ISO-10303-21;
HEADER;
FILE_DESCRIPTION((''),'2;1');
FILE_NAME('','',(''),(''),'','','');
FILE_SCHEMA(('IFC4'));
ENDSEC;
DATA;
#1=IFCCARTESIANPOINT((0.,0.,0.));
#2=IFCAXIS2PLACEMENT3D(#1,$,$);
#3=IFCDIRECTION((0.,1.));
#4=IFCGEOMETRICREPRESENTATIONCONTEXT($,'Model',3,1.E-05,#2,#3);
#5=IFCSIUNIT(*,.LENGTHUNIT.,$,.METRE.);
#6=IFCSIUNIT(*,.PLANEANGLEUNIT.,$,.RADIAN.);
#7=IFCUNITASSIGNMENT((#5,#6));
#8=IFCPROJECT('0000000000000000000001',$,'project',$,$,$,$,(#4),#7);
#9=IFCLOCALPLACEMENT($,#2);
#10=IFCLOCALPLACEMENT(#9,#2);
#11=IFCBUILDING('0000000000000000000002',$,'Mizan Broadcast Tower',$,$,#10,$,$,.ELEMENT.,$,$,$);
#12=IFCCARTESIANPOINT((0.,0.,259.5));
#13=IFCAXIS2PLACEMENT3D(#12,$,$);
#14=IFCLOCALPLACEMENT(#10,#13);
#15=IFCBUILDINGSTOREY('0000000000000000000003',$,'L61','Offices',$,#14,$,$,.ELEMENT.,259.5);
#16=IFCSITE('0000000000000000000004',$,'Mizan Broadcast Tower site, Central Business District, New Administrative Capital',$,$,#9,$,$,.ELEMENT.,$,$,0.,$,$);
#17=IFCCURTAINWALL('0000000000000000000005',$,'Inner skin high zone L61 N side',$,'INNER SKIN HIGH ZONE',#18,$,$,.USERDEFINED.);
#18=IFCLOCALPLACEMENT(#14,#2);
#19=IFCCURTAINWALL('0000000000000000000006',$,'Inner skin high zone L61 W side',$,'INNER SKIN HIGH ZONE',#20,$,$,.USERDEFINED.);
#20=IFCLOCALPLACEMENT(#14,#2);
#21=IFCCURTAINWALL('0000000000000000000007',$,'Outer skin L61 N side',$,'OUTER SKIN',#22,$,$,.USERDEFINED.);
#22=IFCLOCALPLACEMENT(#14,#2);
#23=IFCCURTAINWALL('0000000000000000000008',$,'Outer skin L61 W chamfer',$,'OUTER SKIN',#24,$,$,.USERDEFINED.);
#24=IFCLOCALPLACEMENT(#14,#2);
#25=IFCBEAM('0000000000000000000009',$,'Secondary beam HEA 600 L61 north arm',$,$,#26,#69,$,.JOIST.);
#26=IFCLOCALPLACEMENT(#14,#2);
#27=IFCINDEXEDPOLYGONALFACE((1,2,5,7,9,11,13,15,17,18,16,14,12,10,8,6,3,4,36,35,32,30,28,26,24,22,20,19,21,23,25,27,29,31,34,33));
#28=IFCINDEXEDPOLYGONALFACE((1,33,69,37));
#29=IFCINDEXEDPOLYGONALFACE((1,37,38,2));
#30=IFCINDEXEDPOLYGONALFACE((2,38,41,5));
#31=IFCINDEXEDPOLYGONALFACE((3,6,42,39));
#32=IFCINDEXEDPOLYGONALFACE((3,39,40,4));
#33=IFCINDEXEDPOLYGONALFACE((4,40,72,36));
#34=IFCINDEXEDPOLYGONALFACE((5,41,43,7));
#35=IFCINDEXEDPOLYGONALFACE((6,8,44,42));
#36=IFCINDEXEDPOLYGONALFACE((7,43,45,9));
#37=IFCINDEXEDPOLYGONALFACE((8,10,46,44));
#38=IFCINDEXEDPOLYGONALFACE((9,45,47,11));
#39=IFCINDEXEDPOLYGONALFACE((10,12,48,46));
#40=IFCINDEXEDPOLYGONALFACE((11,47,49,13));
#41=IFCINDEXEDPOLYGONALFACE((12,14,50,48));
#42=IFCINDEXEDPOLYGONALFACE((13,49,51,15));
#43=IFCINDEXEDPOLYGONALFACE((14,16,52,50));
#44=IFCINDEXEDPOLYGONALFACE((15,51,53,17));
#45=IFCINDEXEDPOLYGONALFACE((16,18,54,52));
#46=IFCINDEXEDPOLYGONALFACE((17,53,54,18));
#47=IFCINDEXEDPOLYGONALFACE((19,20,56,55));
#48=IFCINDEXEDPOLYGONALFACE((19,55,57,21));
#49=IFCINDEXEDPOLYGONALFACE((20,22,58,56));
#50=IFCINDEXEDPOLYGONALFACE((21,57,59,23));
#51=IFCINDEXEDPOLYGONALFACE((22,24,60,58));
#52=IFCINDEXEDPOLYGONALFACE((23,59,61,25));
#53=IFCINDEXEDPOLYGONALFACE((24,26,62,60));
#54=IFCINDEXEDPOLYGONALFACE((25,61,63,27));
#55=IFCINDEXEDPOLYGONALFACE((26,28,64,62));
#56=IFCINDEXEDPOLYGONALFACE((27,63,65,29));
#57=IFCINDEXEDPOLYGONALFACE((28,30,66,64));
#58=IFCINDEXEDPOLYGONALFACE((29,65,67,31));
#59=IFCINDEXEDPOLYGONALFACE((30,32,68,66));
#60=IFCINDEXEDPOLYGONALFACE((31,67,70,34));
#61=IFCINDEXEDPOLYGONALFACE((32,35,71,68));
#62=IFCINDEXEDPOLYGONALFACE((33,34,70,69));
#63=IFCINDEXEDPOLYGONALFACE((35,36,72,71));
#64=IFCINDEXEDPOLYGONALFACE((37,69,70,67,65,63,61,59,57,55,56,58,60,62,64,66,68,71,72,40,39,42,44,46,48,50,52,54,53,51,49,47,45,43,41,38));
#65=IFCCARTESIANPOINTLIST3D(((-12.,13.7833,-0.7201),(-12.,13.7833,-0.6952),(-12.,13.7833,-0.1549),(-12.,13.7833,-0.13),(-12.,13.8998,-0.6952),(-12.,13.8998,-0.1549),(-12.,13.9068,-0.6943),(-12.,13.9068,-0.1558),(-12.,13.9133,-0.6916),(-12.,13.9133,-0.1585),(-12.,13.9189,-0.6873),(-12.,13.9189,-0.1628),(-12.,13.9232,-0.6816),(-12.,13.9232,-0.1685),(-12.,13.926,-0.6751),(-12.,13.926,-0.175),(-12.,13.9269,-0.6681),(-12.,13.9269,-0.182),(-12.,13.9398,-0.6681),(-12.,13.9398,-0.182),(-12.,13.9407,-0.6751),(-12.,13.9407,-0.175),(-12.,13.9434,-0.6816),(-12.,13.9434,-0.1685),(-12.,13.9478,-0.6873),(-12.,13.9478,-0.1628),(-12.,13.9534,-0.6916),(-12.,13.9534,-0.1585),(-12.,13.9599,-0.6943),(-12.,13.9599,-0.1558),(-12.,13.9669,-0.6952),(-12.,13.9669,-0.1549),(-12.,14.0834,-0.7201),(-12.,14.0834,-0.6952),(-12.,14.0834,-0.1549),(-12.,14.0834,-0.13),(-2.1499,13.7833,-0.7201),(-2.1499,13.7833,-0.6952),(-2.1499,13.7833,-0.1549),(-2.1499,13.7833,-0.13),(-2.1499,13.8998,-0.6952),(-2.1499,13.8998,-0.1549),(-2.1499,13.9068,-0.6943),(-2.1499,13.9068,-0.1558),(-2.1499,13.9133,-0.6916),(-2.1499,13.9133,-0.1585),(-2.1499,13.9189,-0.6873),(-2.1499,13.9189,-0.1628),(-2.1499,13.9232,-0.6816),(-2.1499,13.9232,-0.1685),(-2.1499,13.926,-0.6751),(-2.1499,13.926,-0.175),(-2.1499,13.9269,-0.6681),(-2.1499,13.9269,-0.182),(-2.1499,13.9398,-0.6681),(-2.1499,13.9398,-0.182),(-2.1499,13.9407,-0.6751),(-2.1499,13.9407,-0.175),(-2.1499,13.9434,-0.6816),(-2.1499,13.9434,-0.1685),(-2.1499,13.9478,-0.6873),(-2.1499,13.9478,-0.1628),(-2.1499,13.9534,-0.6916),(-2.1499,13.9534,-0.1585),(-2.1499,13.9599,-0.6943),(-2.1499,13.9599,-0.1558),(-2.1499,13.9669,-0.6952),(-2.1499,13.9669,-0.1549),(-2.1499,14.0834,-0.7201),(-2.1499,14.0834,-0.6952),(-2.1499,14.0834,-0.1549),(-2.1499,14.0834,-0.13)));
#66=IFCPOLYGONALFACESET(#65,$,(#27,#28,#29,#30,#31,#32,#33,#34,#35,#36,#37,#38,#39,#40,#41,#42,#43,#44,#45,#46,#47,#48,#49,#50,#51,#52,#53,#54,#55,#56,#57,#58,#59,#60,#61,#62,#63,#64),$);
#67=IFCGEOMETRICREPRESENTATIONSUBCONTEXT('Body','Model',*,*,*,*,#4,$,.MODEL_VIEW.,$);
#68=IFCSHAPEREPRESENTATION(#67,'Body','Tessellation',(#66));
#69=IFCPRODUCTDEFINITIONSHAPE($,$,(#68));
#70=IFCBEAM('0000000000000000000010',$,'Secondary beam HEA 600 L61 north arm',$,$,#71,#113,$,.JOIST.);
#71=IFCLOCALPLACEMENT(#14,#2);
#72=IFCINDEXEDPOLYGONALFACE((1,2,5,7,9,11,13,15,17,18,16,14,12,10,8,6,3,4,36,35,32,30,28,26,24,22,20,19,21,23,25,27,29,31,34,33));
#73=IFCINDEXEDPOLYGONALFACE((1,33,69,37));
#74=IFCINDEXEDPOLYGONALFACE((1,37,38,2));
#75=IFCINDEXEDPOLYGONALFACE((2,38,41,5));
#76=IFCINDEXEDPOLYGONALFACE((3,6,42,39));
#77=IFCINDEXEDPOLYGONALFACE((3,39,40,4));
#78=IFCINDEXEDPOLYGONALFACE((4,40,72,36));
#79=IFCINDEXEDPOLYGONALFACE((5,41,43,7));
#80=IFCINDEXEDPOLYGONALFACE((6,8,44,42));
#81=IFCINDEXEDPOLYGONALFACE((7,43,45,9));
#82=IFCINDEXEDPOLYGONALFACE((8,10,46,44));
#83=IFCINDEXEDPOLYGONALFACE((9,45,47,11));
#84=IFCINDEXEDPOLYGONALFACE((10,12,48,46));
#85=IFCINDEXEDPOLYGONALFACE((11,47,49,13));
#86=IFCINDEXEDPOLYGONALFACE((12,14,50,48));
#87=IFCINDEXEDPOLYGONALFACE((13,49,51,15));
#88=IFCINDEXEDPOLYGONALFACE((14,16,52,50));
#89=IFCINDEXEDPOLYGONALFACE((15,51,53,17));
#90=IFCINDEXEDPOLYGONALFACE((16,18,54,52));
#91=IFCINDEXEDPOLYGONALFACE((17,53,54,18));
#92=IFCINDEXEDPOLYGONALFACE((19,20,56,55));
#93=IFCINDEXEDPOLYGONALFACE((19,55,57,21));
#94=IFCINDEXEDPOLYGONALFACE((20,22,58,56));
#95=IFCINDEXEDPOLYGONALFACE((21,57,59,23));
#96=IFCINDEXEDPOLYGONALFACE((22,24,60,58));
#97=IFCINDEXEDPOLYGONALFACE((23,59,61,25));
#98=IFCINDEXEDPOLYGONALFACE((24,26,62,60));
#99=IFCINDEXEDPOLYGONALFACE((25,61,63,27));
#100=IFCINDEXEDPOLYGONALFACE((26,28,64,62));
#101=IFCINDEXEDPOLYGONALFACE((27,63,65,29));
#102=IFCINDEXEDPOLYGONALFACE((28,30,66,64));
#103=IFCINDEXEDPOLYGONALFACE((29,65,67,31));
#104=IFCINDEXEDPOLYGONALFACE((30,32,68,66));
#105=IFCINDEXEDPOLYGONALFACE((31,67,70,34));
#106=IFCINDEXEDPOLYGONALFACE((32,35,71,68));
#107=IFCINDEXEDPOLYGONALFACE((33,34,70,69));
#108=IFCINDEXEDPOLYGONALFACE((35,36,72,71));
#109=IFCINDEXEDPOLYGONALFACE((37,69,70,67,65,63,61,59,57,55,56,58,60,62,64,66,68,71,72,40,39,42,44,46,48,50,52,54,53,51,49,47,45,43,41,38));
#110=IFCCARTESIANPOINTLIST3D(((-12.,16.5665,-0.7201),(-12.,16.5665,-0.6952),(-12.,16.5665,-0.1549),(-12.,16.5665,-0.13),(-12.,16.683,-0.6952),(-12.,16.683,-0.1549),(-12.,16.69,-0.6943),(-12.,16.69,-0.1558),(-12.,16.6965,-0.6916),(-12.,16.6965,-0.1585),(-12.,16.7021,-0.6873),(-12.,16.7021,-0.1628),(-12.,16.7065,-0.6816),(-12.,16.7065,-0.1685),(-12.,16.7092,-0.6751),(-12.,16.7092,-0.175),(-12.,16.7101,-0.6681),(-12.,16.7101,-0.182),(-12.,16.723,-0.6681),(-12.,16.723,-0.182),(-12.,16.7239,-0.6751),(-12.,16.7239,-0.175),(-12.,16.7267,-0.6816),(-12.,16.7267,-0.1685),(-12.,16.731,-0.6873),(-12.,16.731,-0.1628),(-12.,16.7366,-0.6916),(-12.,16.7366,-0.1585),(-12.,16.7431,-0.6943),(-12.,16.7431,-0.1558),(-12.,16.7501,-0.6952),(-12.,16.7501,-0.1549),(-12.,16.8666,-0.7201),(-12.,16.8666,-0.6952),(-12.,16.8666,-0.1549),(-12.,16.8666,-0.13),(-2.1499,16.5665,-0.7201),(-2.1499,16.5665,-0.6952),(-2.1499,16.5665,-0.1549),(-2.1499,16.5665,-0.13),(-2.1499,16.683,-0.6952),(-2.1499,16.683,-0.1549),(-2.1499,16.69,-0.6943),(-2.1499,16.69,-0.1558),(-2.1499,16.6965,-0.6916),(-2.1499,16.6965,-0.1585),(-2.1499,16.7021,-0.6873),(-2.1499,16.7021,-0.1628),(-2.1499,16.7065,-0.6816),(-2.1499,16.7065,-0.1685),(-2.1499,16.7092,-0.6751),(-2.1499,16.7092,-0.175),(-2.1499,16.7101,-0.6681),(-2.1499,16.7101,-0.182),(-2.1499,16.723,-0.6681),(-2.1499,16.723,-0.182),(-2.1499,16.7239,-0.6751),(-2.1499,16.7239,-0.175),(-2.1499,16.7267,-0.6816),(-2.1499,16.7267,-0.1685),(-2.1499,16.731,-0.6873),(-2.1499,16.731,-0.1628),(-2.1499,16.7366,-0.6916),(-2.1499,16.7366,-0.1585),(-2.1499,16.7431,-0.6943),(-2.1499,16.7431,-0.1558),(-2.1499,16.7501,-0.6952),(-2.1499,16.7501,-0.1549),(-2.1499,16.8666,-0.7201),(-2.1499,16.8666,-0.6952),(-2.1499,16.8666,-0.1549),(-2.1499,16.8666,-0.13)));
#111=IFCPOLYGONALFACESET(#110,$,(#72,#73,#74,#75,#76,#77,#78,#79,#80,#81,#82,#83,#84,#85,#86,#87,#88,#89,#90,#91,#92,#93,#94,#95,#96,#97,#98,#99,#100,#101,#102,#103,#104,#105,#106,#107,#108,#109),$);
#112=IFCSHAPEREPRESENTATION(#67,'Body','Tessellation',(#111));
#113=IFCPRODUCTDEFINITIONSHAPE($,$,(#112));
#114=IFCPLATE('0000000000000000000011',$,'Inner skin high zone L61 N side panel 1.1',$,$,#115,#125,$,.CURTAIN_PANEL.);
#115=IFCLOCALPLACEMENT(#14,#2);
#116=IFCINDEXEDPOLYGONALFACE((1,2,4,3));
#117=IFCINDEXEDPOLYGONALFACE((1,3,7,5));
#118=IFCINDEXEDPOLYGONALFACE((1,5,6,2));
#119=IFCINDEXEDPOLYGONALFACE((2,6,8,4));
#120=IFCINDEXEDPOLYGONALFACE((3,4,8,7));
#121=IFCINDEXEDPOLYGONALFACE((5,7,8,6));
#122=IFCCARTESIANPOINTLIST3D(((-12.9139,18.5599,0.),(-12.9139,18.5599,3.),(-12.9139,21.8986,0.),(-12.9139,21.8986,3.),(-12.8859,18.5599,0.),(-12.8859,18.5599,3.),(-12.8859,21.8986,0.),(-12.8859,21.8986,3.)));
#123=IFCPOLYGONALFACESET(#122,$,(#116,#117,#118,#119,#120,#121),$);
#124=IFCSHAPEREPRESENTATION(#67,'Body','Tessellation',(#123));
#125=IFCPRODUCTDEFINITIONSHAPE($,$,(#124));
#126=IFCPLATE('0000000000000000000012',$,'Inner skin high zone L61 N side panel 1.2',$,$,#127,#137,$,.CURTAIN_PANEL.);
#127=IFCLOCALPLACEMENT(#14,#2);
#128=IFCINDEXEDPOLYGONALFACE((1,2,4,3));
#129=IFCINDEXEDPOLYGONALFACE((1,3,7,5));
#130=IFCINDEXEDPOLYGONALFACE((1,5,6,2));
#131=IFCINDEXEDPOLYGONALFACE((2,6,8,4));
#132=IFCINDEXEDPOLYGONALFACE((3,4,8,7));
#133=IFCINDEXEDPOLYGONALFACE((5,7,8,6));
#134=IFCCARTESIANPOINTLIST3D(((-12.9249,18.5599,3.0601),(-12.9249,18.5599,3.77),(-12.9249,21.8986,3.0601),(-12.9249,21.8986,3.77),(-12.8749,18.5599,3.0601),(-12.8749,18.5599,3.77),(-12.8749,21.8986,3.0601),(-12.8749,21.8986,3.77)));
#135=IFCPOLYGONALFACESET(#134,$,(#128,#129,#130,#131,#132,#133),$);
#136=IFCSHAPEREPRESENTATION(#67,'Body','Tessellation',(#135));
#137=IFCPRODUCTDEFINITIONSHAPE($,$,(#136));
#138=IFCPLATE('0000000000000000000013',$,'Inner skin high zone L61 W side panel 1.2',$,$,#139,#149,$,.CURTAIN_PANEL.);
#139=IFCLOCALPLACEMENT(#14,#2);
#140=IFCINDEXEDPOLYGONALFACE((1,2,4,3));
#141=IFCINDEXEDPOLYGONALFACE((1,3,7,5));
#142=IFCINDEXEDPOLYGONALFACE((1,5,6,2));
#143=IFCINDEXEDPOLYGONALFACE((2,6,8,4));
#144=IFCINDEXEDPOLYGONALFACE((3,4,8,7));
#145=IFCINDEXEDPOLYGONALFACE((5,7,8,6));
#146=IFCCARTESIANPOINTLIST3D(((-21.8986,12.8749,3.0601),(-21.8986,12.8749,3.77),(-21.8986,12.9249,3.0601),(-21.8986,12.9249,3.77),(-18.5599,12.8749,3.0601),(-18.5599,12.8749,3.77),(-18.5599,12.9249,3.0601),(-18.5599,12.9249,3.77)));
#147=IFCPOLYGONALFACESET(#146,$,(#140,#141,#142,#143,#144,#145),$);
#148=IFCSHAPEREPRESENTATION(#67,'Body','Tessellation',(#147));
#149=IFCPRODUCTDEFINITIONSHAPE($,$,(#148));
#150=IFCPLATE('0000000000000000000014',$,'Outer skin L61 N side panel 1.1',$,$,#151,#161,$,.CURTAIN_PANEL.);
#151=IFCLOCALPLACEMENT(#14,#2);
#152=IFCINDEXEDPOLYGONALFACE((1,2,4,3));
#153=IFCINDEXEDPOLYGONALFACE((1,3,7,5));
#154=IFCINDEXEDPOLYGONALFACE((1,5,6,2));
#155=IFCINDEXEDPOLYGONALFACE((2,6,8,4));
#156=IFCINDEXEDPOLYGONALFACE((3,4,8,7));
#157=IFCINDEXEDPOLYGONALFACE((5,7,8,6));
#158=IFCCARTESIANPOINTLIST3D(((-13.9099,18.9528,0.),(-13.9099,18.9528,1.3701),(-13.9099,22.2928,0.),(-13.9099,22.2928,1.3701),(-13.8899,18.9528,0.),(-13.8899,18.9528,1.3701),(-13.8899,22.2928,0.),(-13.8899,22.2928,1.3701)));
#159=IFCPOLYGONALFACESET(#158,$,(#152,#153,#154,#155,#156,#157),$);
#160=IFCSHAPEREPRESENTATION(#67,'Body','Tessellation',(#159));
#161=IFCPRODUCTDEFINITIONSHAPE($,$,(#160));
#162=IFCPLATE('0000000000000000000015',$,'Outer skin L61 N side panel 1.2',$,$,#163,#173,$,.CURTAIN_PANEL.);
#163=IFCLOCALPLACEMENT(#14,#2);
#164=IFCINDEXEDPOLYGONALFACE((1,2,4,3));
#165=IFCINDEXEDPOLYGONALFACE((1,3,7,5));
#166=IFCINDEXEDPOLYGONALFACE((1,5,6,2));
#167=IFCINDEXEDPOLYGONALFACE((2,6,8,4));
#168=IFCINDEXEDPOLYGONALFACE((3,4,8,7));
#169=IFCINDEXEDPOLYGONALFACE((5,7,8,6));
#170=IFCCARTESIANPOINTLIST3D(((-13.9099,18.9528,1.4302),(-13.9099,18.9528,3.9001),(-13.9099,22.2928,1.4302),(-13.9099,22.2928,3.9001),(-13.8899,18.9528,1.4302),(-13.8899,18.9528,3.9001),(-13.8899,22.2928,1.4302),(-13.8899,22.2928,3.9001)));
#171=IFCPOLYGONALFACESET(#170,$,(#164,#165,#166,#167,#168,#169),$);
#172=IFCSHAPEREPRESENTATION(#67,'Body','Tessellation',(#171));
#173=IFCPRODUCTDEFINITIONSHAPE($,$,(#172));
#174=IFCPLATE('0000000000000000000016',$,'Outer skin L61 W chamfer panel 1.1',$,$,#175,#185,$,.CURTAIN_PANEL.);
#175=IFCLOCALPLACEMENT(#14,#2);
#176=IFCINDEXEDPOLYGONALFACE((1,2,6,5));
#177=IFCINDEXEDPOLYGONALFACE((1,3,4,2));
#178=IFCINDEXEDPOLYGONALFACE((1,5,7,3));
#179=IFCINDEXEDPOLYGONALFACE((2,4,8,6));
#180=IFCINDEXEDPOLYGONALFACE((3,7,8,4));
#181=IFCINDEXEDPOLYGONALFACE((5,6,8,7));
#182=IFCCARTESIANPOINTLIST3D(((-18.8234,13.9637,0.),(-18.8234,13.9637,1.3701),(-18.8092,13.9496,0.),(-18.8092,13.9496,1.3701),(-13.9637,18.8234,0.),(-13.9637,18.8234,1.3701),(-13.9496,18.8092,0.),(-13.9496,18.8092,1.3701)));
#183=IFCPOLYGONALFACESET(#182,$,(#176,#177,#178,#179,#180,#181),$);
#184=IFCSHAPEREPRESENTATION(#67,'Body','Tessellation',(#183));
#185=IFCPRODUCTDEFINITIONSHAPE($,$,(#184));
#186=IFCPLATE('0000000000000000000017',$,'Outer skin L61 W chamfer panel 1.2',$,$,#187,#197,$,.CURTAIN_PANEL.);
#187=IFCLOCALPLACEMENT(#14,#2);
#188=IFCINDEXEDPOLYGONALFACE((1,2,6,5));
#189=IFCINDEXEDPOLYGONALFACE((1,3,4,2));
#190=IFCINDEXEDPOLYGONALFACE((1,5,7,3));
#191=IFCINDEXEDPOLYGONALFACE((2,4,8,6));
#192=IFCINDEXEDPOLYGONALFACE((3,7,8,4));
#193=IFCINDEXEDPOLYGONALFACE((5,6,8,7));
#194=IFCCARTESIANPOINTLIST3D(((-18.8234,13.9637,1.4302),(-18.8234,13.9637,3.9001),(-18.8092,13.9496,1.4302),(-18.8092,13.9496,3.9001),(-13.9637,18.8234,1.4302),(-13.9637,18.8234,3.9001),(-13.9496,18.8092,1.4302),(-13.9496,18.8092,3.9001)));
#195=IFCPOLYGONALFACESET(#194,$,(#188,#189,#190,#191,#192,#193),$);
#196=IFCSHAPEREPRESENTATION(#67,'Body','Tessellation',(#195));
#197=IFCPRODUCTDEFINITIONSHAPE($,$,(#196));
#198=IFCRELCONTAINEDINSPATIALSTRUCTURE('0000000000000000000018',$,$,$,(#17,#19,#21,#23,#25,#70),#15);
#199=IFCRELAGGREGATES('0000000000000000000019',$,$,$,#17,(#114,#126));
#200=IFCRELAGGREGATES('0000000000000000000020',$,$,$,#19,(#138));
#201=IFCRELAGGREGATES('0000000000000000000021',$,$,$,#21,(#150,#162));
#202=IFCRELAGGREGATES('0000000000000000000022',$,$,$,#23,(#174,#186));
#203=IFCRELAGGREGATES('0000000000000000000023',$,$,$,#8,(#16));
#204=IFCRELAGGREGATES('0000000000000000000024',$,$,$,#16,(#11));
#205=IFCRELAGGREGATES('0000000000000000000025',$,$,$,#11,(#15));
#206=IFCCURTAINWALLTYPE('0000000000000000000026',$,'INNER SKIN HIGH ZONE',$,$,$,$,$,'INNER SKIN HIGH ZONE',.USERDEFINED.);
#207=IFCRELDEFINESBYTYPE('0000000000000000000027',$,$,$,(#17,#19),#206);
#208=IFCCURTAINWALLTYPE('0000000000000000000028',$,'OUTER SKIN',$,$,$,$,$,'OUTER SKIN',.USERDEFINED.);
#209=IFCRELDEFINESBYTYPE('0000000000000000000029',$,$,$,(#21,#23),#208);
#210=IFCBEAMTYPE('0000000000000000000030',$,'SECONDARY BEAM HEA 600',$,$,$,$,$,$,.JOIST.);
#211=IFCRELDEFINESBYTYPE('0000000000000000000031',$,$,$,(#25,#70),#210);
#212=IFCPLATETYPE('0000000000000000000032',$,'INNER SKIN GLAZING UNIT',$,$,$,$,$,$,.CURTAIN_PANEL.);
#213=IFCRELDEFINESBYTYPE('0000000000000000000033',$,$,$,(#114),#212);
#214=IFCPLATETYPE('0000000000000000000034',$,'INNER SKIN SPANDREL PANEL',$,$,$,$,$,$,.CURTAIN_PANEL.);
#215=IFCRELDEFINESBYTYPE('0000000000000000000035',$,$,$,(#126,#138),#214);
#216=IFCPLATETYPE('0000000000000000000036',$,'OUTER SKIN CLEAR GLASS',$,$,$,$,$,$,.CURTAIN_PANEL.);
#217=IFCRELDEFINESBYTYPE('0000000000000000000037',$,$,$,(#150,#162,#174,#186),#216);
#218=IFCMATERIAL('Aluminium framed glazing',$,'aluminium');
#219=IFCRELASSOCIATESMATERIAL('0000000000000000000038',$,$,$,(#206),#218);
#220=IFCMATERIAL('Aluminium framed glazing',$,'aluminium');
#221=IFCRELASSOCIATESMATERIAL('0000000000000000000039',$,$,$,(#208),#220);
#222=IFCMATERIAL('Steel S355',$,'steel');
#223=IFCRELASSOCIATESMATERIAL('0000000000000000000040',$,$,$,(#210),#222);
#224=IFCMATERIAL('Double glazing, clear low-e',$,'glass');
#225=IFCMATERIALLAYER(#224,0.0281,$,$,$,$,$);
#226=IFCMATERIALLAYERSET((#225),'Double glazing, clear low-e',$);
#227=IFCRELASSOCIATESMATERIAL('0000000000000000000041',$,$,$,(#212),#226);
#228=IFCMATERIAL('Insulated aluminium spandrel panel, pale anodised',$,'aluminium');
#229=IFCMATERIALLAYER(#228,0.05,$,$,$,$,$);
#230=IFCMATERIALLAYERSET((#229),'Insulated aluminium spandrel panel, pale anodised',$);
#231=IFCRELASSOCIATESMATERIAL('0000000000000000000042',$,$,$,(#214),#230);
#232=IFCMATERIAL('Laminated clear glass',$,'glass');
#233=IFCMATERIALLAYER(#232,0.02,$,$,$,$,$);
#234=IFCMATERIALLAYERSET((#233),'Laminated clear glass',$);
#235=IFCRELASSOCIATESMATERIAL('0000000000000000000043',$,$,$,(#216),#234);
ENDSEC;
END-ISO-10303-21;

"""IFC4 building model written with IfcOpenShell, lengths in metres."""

from ifc_helpers import new_model, si_unit, direction, frame, origin, origin_2d, place, context, subcontext, project, spatial, rectangle, i_section, extrude, material, layer, layer_set, material_profile, profile_set, type_object, element, aggregate, save


model = new_model("IFC4")

# Units and contexts
model_context = context("Model", 3, precision=1e-05, world=origin(), true_north=direction((0.0, 1.0)))
body_context = subcontext(model_context, "Body", "Model", "MODEL_VIEW")
ifc_project = project(units=[si_unit("LENGTHUNIT", "METRE"), si_unit("PLANEANGLEUNIT", "RADIAN")], contexts=[model_context])

# Site, building, storey
site_placement = place(None, origin())
site = spatial("IfcSite", under=ifc_project, at=site_placement, Name="Mizan Broadcast Tower site, Central Business District, New Administrative Capital", CompositionType="ELEMENT", RefElevation=0.0)
building_placement = place(site_placement, origin())
building = spatial("IfcBuilding", under=site, at=building_placement, Name="Mizan Broadcast Tower", CompositionType="ELEMENT")
storey_placement = place(building_placement, frame((0.0, 0.0, 259.5)))
storey = spatial("IfcBuildingStorey", under=building, at=storey_placement, Name="L61", Description="Offices", CompositionType="ELEMENT", Elevation=259.5)

# Shared definitions
ifc_material_1 = material(Name="Aluminium framed glazing", Category="aluminium")
curtain_wall_type_1 = type_object("IfcCurtainWallType", Name="INNER SKIN HIGH ZONE", ElementType="INNER SKIN HIGH ZONE", PredefinedType="USERDEFINED", material=ifc_material_1)

# Curtain wall
curtain_wall_1_placement = place(storey_placement, origin())
curtain_wall_1 = element("IfcCurtainWall", 1, at=curtain_wall_1_placement, inside=storey, type_object=curtain_wall_type_1, Name="Inner skin high zone L61 N side", ObjectType="INNER SKIN HIGH ZONE", PredefinedType="USERDEFINED")

# Curtain walls
curtain_wall_2_placement = place(storey_placement, origin())
curtain_wall_2 = element("IfcCurtainWall", 2, at=curtain_wall_2_placement, inside=storey, type_object=curtain_wall_type_1, Name="Inner skin high zone L61 W side", ObjectType="INNER SKIN HIGH ZONE", PredefinedType="USERDEFINED")
ifc_material_2 = material(Name="Aluminium framed glazing", Category="aluminium")
curtain_wall_type_2 = type_object("IfcCurtainWallType", Name="OUTER SKIN", ElementType="OUTER SKIN", PredefinedType="USERDEFINED", material=ifc_material_2)
curtain_wall_3_placement = place(storey_placement, origin())
curtain_wall_3 = element("IfcCurtainWall", 3, at=curtain_wall_3_placement, inside=storey, type_object=curtain_wall_type_2, Name="Outer skin L61 N side", ObjectType="OUTER SKIN", PredefinedType="USERDEFINED")
curtain_wall_4_placement = place(storey_placement, origin())
curtain_wall_4 = element("IfcCurtainWall", 4, at=curtain_wall_4_placement, inside=storey, type_object=curtain_wall_type_2, Name="Outer skin L61 W chamfer", ObjectType="OUTER SKIN", PredefinedType="USERDEFINED")

# Beams
ifc_material_3 = material(Name="Steel S355", Category="steel")
ifc_material_profile_1 = material_profile(ifc_material_3, i_section(OverallWidth=0.3, OverallDepth=0.5901, WebThickness=0.0129, FlangeThickness=0.0249, FilletRadius=0.0271, at=origin_2d()), Name="HEA 600")
ifc_profile_set_1 = profile_set([ifc_material_profile_1], Name="Steel S355")
beam_type = type_object("IfcBeamType", Name="SECONDARY BEAM HEA 600", PredefinedType="JOIST", material=ifc_profile_set_1)
for number, where, z_axis, x_axis, name in (
    (5, (-12.0, 13.9333, -0.425), (1.0, 0.0, 0.0), (0.0, 1.0, 0.0), "Secondary beam HEA 600 L61 north arm"),
    (6, (-12.0, 16.7166, -0.425), (1.0, 0.0, 0.0), (0.0, 1.0, 0.0), "Secondary beam HEA 600 L61 north arm"),
):
    element("IfcBeam", number, at=place(storey_placement, frame(where, z_axis=z_axis, x_axis=x_axis)), inside=storey, type_object=beam_type, Name=name, PredefinedType="JOIST", context=body_context, shape_type="SweptSolid", body=[
        extrude(i_section(OverallWidth=0.3, OverallDepth=0.5901, WebThickness=0.0129, FlangeThickness=0.0249, FilletRadius=0.0271, at=origin_2d()), origin(), (0.0, 0.0, 1.0), 9.8501),
    ])

# Plates
ifc_material_4 = material(Name="Double glazing, clear low-e", Category="glass")
ifc_layer_1 = layer(ifc_material_4, 0.0281)
ifc_layer_set_1 = layer_set([ifc_layer_1], Name="Double glazing, clear low-e")
plate_type_1 = type_object("IfcPlateType", Name="INNER SKIN GLAZING UNIT", PredefinedType="CURTAIN_PANEL", material=ifc_layer_set_1)
plate_1_placement = place(storey_placement, frame((-12.8999, 20.2292, 0.0), z_axis=(0.0, 0.0, 1.0), x_axis=(0.0, -1.0, 0.0)))
plate_1 = element("IfcPlate", 7, at=plate_1_placement, type_object=plate_type_1, Name="Inner skin high zone L61 N side panel 1.1", PredefinedType="CURTAIN_PANEL", context=body_context, shape_type="SweptSolid", body=[
    extrude(rectangle(XDim=3.3386, YDim=0.0281, at=origin_2d()), origin(), (0.0, 0.0, 1.0), 3.0),
])
ifc_material_5 = material(Name="Insulated aluminium spandrel panel, pale anodised", Category="aluminium")
ifc_layer_2 = layer(ifc_material_5, 0.05)
ifc_layer_set_2 = layer_set([ifc_layer_2], Name="Insulated aluminium spandrel panel, pale anodised")
plate_type_2 = type_object("IfcPlateType", Name="INNER SKIN SPANDREL PANEL", PredefinedType="CURTAIN_PANEL", material=ifc_layer_set_2)
plate_2_placement = place(storey_placement, frame((-12.8999, 20.2292, 3.0601), z_axis=(0.0, 0.0, 1.0), x_axis=(0.0, -1.0, 0.0)))
plate_2 = element("IfcPlate", 8, at=plate_2_placement, type_object=plate_type_2, Name="Inner skin high zone L61 N side panel 1.2", PredefinedType="CURTAIN_PANEL", context=body_context, shape_type="SweptSolid", body=[
    extrude(rectangle(XDim=3.3386, YDim=0.05, at=origin_2d()), origin(), (0.0, 0.0, 1.0), 0.71),
])
aggregate(curtain_wall_1, [plate_1, plate_2])
plate_3_placement = place(storey_placement, frame((-20.2292, 12.8999, 3.0601), z_axis=(0.0, 0.0, 1.0), x_axis=(-1.0, 0.0, 0.0)))
plate_3 = element("IfcPlate", 9, at=plate_3_placement, type_object=plate_type_2, Name="Inner skin high zone L61 W side panel 1.2", PredefinedType="CURTAIN_PANEL", context=body_context, shape_type="SweptSolid", body=[
    extrude(rectangle(XDim=3.3386, YDim=0.05, at=origin_2d()), origin(), (0.0, 0.0, 1.0), 0.71),
])
aggregate(curtain_wall_2, [plate_3])
ifc_material_6 = material(Name="Laminated clear glass", Category="glass")
ifc_layer_3 = layer(ifc_material_6, 0.02)
ifc_layer_set_3 = layer_set([ifc_layer_3], Name="Laminated clear glass")
plate_type_3 = type_object("IfcPlateType", Name="OUTER SKIN CLEAR GLASS", PredefinedType="CURTAIN_PANEL", material=ifc_layer_set_3)
plate_4_placement = place(storey_placement, frame((-13.8999, 20.6228, 0.0), z_axis=(0.0, 0.0, 1.0), x_axis=(0.0, -1.0, 0.0)))
plate_4 = element("IfcPlate", 10, at=plate_4_placement, type_object=plate_type_3, Name="Outer skin L61 N side panel 1.1", PredefinedType="CURTAIN_PANEL", context=body_context, shape_type="SweptSolid", body=[
    extrude(rectangle(XDim=3.3401, YDim=0.02, at=origin_2d()), origin(), (0.0, 0.0, 1.0), 1.3701),
])
plate_5_placement = place(storey_placement, frame((-13.8999, 20.6228, 1.4302), z_axis=(0.0, 0.0, 1.0), x_axis=(0.0, -1.0, 0.0)))
plate_5 = element("IfcPlate", 11, at=plate_5_placement, type_object=plate_type_3, Name="Outer skin L61 N side panel 1.2", PredefinedType="CURTAIN_PANEL", context=body_context, shape_type="SweptSolid", body=[
    extrude(rectangle(XDim=3.3401, YDim=0.02, at=origin_2d()), origin(), (0.0, 0.0, 1.0), 2.47),
])
aggregate(curtain_wall_3, [plate_4, plate_5])
plate_6_placement = place(storey_placement, frame((-16.3865, 16.3865, 0.0), z_axis=(0.0, 0.0, 1.0), x_axis=(-0.707107, -0.707107, 0.0)))
plate_6 = element("IfcPlate", 12, at=plate_6_placement, type_object=plate_type_3, Name="Outer skin L61 W chamfer panel 1.1", PredefinedType="CURTAIN_PANEL", context=body_context, shape_type="SweptSolid", body=[
    extrude(rectangle(XDim=6.8726, YDim=0.02, at=origin_2d()), origin(), (0.0, 0.0, 1.0), 1.3701),
])
plate_7_placement = place(storey_placement, frame((-16.3865, 16.3865, 1.4302), z_axis=(0.0, 0.0, 1.0), x_axis=(-0.707107, -0.707107, 0.0)))
plate_7 = element("IfcPlate", 13, at=plate_7_placement, type_object=plate_type_3, Name="Outer skin L61 W chamfer panel 1.2", PredefinedType="CURTAIN_PANEL", context=body_context, shape_type="SweptSolid", body=[
    extrude(rectangle(XDim=6.8726, YDim=0.02, at=origin_2d()), origin(), (0.0, 0.0, 1.0), 2.47),
])
aggregate(curtain_wall_4, [plate_6, plate_7])

save(model, "model.ifc")
